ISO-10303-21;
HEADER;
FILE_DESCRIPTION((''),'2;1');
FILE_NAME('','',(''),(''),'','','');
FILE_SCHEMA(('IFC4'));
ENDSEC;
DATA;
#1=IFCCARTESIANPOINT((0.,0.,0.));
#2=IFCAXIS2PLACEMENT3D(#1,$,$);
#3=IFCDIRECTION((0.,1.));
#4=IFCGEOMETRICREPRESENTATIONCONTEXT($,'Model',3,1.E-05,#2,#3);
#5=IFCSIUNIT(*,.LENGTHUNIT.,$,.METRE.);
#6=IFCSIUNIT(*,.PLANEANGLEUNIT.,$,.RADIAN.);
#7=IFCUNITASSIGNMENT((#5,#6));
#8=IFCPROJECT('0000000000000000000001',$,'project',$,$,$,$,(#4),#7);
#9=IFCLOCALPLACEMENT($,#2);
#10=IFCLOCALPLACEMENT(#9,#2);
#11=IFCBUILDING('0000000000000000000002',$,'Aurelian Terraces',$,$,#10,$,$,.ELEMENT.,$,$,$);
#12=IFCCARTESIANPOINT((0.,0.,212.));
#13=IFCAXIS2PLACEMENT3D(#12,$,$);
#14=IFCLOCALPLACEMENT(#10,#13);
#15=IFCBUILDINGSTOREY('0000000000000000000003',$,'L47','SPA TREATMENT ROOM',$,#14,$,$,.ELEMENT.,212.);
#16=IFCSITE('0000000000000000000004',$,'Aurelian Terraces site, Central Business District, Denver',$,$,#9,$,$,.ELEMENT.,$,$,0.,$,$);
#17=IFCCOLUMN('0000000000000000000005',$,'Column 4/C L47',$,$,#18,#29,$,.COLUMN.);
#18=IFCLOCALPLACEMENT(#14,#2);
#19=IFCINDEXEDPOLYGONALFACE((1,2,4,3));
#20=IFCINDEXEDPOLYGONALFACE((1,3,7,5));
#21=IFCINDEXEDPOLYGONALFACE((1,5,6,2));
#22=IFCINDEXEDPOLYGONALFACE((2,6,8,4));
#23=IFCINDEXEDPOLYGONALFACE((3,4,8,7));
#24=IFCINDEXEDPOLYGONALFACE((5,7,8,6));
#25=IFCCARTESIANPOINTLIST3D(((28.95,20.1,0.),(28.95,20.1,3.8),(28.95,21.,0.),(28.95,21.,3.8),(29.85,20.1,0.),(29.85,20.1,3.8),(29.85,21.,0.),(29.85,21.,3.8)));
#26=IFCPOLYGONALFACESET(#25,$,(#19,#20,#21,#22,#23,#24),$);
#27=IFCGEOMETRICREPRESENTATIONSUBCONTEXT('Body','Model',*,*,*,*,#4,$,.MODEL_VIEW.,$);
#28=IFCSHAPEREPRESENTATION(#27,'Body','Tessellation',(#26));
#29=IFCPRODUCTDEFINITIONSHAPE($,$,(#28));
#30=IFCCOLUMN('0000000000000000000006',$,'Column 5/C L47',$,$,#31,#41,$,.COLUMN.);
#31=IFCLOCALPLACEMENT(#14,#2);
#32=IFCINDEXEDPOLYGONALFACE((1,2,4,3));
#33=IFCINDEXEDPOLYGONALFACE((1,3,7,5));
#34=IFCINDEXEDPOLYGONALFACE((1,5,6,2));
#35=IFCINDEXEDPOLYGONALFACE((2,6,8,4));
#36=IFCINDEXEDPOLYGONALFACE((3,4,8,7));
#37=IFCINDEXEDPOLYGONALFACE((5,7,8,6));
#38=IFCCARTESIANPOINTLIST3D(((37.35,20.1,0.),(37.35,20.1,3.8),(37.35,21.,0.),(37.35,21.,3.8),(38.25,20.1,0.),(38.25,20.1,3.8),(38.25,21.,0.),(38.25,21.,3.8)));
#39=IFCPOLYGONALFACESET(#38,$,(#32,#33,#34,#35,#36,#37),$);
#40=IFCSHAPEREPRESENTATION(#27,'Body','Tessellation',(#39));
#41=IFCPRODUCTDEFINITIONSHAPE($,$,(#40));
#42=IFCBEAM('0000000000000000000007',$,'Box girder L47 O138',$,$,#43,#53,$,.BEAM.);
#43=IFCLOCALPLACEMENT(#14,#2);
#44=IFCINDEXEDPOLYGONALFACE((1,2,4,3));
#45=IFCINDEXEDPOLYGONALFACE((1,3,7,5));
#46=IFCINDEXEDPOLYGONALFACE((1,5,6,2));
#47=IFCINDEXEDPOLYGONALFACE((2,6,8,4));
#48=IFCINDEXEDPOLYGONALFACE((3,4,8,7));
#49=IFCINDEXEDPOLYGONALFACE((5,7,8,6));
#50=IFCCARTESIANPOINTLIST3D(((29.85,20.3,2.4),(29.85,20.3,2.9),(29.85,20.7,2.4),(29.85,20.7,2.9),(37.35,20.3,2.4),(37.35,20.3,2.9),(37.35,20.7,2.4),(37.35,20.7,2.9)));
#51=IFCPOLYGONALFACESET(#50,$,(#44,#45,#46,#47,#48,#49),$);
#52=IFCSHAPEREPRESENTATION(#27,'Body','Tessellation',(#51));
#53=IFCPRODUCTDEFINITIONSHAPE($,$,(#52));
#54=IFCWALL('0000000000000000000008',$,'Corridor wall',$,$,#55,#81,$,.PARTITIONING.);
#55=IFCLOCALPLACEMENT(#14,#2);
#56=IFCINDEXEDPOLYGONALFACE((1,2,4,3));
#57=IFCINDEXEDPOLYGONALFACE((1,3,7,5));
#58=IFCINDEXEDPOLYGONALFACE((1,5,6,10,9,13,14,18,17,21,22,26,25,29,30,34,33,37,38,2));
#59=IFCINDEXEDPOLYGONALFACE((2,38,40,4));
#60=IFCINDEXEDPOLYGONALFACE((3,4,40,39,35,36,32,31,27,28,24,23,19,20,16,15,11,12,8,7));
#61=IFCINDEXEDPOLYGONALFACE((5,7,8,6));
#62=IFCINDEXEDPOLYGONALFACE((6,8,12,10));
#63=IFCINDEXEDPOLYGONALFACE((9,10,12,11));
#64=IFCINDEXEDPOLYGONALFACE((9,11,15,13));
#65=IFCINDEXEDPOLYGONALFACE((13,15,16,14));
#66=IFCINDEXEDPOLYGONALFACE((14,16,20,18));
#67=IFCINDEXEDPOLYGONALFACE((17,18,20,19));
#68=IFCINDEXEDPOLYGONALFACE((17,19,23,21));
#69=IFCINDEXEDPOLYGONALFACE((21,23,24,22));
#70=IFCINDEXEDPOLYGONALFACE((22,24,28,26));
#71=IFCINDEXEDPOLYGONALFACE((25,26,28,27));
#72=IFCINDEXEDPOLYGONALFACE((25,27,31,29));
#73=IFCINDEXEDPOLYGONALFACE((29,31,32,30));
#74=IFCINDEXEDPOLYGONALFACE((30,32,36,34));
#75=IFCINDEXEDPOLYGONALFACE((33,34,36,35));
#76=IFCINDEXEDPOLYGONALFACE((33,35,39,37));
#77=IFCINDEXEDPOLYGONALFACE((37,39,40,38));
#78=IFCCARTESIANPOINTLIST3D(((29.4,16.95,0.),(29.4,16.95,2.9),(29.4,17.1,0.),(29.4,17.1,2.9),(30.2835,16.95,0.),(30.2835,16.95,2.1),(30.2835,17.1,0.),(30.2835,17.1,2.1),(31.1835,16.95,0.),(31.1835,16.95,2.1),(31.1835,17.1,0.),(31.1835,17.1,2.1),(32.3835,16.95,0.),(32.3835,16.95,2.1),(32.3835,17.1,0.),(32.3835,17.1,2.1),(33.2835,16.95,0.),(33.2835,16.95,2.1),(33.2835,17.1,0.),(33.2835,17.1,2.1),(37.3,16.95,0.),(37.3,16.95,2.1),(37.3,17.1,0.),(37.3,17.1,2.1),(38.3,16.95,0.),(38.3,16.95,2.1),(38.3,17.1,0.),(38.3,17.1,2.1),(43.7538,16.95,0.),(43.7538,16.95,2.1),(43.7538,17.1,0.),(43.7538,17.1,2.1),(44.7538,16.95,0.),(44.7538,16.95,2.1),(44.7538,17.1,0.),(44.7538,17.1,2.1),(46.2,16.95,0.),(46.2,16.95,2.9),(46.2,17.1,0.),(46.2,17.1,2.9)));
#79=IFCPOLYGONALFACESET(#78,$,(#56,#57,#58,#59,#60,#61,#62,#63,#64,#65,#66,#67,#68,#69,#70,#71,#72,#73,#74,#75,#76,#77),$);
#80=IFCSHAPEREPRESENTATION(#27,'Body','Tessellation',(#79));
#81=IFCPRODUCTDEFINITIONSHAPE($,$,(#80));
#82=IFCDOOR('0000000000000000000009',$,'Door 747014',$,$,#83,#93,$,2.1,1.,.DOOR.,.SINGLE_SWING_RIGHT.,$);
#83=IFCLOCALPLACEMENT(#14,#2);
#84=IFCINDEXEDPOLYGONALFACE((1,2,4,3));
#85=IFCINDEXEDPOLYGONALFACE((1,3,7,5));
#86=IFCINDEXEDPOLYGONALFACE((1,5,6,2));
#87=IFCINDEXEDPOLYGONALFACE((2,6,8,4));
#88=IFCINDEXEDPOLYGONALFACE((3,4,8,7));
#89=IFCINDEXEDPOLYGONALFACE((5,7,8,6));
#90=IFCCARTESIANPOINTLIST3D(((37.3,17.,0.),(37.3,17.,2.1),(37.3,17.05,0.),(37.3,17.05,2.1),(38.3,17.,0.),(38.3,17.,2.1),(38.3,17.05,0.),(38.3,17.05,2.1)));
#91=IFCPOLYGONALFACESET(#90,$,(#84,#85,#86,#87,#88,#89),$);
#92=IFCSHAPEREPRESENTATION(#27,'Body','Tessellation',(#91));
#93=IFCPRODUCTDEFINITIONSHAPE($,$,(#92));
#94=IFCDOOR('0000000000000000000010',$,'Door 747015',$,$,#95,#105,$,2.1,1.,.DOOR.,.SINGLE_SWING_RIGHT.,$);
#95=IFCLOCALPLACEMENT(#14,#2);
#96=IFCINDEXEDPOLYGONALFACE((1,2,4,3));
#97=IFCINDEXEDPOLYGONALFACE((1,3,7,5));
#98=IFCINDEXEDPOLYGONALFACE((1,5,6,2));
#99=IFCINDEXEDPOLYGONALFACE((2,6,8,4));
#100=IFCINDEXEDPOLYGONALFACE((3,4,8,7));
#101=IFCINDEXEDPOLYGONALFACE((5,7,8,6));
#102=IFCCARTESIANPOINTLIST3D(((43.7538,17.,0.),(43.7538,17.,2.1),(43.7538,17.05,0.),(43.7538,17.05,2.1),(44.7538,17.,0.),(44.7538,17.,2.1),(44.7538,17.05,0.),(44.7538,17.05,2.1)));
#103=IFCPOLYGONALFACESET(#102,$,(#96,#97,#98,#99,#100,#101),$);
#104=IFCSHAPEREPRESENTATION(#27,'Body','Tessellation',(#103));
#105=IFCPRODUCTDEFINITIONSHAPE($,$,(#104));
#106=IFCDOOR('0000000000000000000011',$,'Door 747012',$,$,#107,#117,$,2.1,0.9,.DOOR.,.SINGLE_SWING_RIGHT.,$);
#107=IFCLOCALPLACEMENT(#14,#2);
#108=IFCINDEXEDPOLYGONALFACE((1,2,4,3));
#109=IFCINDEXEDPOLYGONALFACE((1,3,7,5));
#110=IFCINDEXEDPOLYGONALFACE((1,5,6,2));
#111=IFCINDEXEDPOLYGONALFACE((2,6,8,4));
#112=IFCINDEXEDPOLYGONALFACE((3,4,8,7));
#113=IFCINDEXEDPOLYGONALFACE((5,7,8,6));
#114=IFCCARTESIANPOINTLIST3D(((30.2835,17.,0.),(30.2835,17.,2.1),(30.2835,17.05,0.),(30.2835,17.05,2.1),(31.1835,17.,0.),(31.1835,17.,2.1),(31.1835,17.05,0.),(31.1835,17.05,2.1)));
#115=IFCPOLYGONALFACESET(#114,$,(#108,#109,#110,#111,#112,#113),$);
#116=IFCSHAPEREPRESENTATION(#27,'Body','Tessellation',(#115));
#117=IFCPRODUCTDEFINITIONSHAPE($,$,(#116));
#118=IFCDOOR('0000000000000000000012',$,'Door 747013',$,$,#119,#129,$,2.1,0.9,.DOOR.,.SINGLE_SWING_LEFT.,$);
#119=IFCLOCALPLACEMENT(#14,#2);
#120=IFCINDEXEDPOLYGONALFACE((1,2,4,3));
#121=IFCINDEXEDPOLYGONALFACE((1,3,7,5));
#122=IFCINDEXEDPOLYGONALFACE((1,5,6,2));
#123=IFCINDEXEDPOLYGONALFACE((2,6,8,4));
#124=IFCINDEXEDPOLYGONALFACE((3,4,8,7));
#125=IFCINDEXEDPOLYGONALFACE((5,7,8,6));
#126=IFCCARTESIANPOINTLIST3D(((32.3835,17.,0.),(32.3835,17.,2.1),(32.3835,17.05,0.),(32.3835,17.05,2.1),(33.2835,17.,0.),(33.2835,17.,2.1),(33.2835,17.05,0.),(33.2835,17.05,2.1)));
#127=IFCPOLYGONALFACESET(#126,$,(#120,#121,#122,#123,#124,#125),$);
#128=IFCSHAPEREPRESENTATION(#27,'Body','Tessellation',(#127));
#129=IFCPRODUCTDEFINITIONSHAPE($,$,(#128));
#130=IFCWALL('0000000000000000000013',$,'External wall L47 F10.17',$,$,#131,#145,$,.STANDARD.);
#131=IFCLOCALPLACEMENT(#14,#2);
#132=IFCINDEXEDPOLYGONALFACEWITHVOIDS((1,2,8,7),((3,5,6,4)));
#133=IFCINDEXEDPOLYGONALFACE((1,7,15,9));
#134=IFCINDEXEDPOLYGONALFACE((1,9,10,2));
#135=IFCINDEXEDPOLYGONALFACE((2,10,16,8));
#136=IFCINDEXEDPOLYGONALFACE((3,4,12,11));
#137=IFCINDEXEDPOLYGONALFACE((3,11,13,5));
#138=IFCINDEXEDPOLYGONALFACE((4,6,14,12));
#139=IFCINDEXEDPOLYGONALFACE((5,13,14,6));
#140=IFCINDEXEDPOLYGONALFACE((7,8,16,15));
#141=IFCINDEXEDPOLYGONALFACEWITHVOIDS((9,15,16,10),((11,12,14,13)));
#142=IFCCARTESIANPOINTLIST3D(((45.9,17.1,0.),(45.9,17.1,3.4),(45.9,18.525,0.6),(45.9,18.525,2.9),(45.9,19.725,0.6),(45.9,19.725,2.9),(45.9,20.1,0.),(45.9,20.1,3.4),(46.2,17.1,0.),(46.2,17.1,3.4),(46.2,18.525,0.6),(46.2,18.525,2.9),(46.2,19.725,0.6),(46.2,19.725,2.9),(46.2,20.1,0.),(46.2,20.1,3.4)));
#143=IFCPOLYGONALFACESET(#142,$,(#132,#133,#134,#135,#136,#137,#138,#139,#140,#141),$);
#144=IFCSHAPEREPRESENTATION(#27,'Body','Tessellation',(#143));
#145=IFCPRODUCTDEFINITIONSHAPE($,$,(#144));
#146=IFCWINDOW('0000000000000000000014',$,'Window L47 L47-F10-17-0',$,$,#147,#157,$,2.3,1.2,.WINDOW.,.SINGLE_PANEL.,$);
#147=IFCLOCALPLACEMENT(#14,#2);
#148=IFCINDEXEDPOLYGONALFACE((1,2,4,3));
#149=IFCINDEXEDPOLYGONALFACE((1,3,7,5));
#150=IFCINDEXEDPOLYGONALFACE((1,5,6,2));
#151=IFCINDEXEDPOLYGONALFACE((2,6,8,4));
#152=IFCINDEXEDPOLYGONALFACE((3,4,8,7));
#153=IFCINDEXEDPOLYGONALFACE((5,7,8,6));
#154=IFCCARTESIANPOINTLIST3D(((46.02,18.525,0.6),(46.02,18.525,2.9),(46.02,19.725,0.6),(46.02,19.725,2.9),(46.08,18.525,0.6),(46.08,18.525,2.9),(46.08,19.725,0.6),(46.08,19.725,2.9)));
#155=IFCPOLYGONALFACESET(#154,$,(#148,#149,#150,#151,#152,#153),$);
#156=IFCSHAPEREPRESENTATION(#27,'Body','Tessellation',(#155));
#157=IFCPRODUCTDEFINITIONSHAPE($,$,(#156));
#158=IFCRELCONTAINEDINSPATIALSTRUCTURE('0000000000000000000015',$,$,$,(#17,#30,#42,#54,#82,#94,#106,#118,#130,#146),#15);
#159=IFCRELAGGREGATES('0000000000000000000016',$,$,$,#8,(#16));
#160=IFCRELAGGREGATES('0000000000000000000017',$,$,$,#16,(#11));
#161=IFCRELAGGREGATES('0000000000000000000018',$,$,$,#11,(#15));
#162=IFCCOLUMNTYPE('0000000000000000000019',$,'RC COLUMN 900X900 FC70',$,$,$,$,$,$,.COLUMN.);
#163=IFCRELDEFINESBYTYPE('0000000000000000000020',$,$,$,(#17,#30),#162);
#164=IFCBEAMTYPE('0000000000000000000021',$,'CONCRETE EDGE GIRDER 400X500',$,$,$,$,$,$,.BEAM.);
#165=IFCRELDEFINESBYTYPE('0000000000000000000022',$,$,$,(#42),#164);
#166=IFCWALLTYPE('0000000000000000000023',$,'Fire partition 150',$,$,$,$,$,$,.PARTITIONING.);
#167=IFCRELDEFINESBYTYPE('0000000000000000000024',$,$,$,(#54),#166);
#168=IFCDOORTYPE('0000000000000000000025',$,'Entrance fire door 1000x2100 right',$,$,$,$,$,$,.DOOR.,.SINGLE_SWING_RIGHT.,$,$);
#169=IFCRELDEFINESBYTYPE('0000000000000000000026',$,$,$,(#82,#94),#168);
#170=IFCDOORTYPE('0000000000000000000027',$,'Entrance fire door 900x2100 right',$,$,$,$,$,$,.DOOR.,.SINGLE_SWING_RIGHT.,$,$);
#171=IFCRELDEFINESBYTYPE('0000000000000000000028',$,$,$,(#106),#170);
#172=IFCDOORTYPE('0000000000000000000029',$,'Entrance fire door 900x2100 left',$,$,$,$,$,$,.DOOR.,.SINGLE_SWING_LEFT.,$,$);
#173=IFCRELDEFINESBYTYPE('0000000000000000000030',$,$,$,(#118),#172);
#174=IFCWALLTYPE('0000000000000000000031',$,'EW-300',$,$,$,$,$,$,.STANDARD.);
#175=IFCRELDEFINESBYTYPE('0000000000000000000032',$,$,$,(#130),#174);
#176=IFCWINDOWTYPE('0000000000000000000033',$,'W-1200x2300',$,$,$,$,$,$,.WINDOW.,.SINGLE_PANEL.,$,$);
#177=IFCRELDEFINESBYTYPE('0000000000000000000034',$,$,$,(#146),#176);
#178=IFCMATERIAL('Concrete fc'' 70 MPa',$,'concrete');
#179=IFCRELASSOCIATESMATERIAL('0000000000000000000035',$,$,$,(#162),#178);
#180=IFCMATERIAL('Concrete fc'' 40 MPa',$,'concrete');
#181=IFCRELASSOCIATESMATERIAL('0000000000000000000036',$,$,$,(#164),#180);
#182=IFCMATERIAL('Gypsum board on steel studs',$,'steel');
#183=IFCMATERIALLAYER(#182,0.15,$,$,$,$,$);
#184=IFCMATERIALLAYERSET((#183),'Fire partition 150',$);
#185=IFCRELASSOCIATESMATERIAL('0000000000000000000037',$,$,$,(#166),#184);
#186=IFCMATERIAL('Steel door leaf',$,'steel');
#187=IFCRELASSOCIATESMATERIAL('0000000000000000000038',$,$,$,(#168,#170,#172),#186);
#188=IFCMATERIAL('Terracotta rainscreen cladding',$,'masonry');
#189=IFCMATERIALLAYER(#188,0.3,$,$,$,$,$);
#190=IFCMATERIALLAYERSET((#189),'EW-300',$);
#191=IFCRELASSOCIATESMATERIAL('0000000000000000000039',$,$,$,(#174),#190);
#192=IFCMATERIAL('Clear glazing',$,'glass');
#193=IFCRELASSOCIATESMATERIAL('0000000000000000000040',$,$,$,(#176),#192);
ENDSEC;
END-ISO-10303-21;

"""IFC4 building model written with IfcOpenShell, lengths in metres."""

from ifc_helpers import new_model, si_unit, direction, frame, frame_2d, origin, origin_2d, place, context, subcontext, project, spatial, rectangle, extrude, source, transform, mapped, material, layer, layer_set, material_profile, profile_set, type_object, element, fill, save


model = new_model("IFC4")

# Units and contexts
model_context = context("Model", 3, precision=1e-05, world=origin(), true_north=direction((0.0, 1.0)))
body_context = subcontext(model_context, "Body", "Model", "MODEL_VIEW")
ifc_project = project(units=[si_unit("LENGTHUNIT", "METRE"), si_unit("PLANEANGLEUNIT", "RADIAN")], contexts=[model_context])

# Site, building, storey
site_placement = place(None, origin())
site = spatial("IfcSite", under=ifc_project, at=site_placement, Name="Aurelian Terraces site, Central Business District, Denver", CompositionType="ELEMENT", RefElevation=0.0)
building_placement = place(site_placement, origin())
building = spatial("IfcBuilding", under=site, at=building_placement, Name="Aurelian Terraces", CompositionType="ELEMENT")
storey_placement = place(building_placement, frame((0.0, 0.0, 212.0)))
storey = spatial("IfcBuildingStorey", under=building, at=storey_placement, Name="L47", Description="SPA TREATMENT ROOM", CompositionType="ELEMENT", Elevation=212.0)

# Columns
ifc_material_1 = material(Name="Concrete fc' 70 MPa", Category="concrete")
ifc_material_profile_1 = material_profile(ifc_material_1, rectangle(XDim=0.9, YDim=0.9, at=origin_2d()))
ifc_profile_set_1 = profile_set([ifc_material_profile_1], Name="Concrete fc' 70 MPa")
column_type = type_object("IfcColumnType", Name="RC COLUMN 900X900 FC70", PredefinedType="COLUMN", material=ifc_profile_set_1)
shared_shape_1 = source(origin(), body_context, "Body", "SweptSolid", [
    extrude(rectangle(XDim=0.9, YDim=0.9, at=origin_2d()), origin(), (0.0, 0.0, 1.0), 3.8),
])
for number, where, z_axis, x_axis, name in (
    (1, (29.4, 20.55, 0.0), (0.0, 0.0, 1.0), (1.0, 0.0, 0.0), "Column 4/C L47"),
    (2, (37.8, 20.55, 0.0), (0.0, 0.0, 1.0), (1.0, 0.0, 0.0), "Column 5/C L47"),
):
    element("IfcColumn", number, at=place(storey_placement, frame(where, z_axis=z_axis, x_axis=x_axis)), inside=storey, type_object=column_type, Name=name, PredefinedType="COLUMN", context=body_context, shape_type="MappedRepresentation", body=[
        mapped(shared_shape_1, transform((0.0, 0.0, 0.0), scale=1.0)),
    ])

# Beam
ifc_material_2 = material(Name="Concrete fc' 40 MPa", Category="concrete")
ifc_material_profile_2 = material_profile(ifc_material_2, rectangle(XDim=0.4, YDim=0.5, at=origin_2d()))
ifc_profile_set_2 = profile_set([ifc_material_profile_2], Name="Concrete fc' 40 MPa")
beam_type = type_object("IfcBeamType", Name="CONCRETE EDGE GIRDER 400X500", PredefinedType="BEAM", material=ifc_profile_set_2)
shared_shape_2 = source(origin(), body_context, "Body", "SweptSolid", [
    extrude(rectangle(XDim=0.4, YDim=0.5, at=origin_2d()), origin(), (0.0, 0.0, 1.0), 7.5),
])
beam_placement = place(storey_placement, frame((29.85, 20.5, 2.65), z_axis=(1.0, 0.0, 0.0), x_axis=(0.0, 1.0, 0.0)))
element("IfcBeam", 3, at=beam_placement, inside=storey, type_object=beam_type, Name="Box girder L47 O138", PredefinedType="BEAM", context=body_context, shape_type="MappedRepresentation", body=[
    mapped(shared_shape_2, transform((0.0, 0.0, 0.0), scale=1.0)),
])

# Wall, openings, doors
ifc_material_3 = material(Name="Gypsum board on steel studs", Category="steel")
ifc_layer_1 = layer(ifc_material_3, 0.15)
ifc_layer_set_1 = layer_set([ifc_layer_1], Name="Fire partition 150")
wall_type_1 = type_object("IfcWallType", Name="Fire partition 150", PredefinedType="PARTITIONING", material=ifc_layer_set_1)
wall_1_placement = place(storey_placement, frame((29.4, 17.025, 0.0), z_axis=(0.0, 0.0, 1.0), x_axis=(1.0, 0.0, 0.0)))
wall_1 = element("IfcWall", 4, at=wall_1_placement, inside=storey, type_object=wall_type_1, Name="Corridor wall", PredefinedType="PARTITIONING", context=body_context, shape_type="SweptSolid", body=[
    extrude(rectangle(XDim=16.8, YDim=0.15, at=frame_2d((8.4, 0.0))), origin(), (0.0, 0.0, 1.0), 2.9),
])
shared_shape_3 = source(origin(), body_context, "Body", "SweptSolid", [
    extrude(rectangle(XDim=0.9, YDim=2.1, at=frame_2d((0.45, 1.05))), frame((0.0, 0.085, 0.0), z_axis=(0.0, -1.0, 0.0), x_axis=(1.0, 0.0, 0.0)), (0.0, 0.0, 1.0), 0.17),
])
opening_1_placement = place(wall_1_placement, frame((0.8835, 0.0, 0.0)))
opening_1 = element("IfcOpeningElement", 5, at=opening_1_placement, cuts=wall_1, PredefinedType="OPENING", context=body_context, shape_type="MappedRepresentation", body=[
    mapped(shared_shape_3, transform((0.0, 0.0, 0.0), scale=1.0)),
])
opening_2_placement = place(wall_1_placement, frame((2.9835, 0.0, 0.0)))
opening_2 = element("IfcOpeningElement", 6, at=opening_2_placement, cuts=wall_1, PredefinedType="OPENING", context=body_context, shape_type="MappedRepresentation", body=[
    mapped(shared_shape_3, transform((0.0, 0.0, 0.0), scale=1.0)),
])
shared_shape_4 = source(origin(), body_context, "Body", "SweptSolid", [
    extrude(rectangle(XDim=1.0, YDim=2.1, at=frame_2d((0.5, 1.05))), frame((0.0, 0.085, 0.0), z_axis=(0.0, -1.0, 0.0), x_axis=(1.0, 0.0, 0.0)), (0.0, 0.0, 1.0), 0.17),
])
opening_3_placement = place(wall_1_placement, frame((7.9, 0.0, 0.0)))
opening_3 = element("IfcOpeningElement", 7, at=opening_3_placement, cuts=wall_1, PredefinedType="OPENING", context=body_context, shape_type="MappedRepresentation", body=[
    mapped(shared_shape_4, transform((0.0, 0.0, 0.0), scale=1.0)),
])
opening_4_placement = place(wall_1_placement, frame((14.3538, 0.0, 0.0)))
opening_4 = element("IfcOpeningElement", 8, at=opening_4_placement, cuts=wall_1, PredefinedType="OPENING", context=body_context, shape_type="MappedRepresentation", body=[
    mapped(shared_shape_4, transform((0.0, 0.0, 0.0), scale=1.0)),
])
ifc_material_4 = material(Name="Steel door leaf", Category="steel")
door_type_1 = type_object("IfcDoorType", Name="Entrance fire door 1000x2100 right", OperationType="SINGLE_SWING_RIGHT", PredefinedType="DOOR", material=ifc_material_4)
shared_shape_5 = source(origin(), body_context, "Body", "SweptSolid", [
    extrude(rectangle(XDim=1.0, YDim=2.1, at=frame_2d((0.5, 1.05))), frame((0.0, 0.025, 0.0), z_axis=(0.0, -1.0, 0.0), x_axis=(1.0, 0.0, 0.0)), (0.0, 0.0, 1.0), 0.05),
])
door_1_placement = place(opening_3_placement, origin())
door_1 = element("IfcDoor", 9, at=door_1_placement, inside=storey, type_object=door_type_1, Name="Door 747014", OperationType="SINGLE_SWING_RIGHT", OverallHeight=2.1, OverallWidth=1.0, PredefinedType="DOOR", context=body_context, shape_type="MappedRepresentation", body=[
    mapped(shared_shape_5, transform((0.0, 0.0, 0.0), scale=1.0)),
])
fill(opening_3, door_1)
door_2_placement = place(opening_4_placement, origin())
door_2 = element("IfcDoor", 10, at=door_2_placement, inside=storey, type_object=door_type_1, Name="Door 747015", OperationType="SINGLE_SWING_RIGHT", OverallHeight=2.1, OverallWidth=1.0, PredefinedType="DOOR", context=body_context, shape_type="MappedRepresentation", body=[
    mapped(shared_shape_5, transform((0.0, 0.0, 0.0), scale=1.0)),
])
fill(opening_4, door_2)
door_type_2 = type_object("IfcDoorType", Name="Entrance fire door 900x2100 right", OperationType="SINGLE_SWING_RIGHT", PredefinedType="DOOR", material=ifc_material_4)
shared_shape_6 = source(origin(), body_context, "Body", "SweptSolid", [
    extrude(rectangle(XDim=0.9, YDim=2.1, at=frame_2d((0.45, 1.05))), frame((0.0, 0.025, 0.0), z_axis=(0.0, -1.0, 0.0), x_axis=(1.0, 0.0, 0.0)), (0.0, 0.0, 1.0), 0.05),
])
door_3_placement = place(opening_1_placement, origin())
door_3 = element("IfcDoor", 11, at=door_3_placement, inside=storey, type_object=door_type_2, Name="Door 747012", OperationType="SINGLE_SWING_RIGHT", OverallHeight=2.1, OverallWidth=0.9, PredefinedType="DOOR", context=body_context, shape_type="MappedRepresentation", body=[
    mapped(shared_shape_6, transform((0.0, 0.0, 0.0), scale=1.0)),
])
fill(opening_1, door_3)
door_type_3 = type_object("IfcDoorType", Name="Entrance fire door 900x2100 left", OperationType="SINGLE_SWING_LEFT", PredefinedType="DOOR", material=ifc_material_4)
door_4_placement = place(opening_2_placement, origin())
door_4 = element("IfcDoor", 12, at=door_4_placement, inside=storey, type_object=door_type_3, Name="Door 747013", OperationType="SINGLE_SWING_LEFT", OverallHeight=2.1, OverallWidth=0.9, PredefinedType="DOOR", context=body_context, shape_type="MappedRepresentation", body=[
    mapped(shared_shape_6, transform((0.0, 0.0, 0.0), scale=1.0)),
])
fill(opening_2, door_4)

# Wall, opening, window
ifc_material_5 = material(Name="Terracotta rainscreen cladding", Category="masonry")
ifc_layer_2 = layer(ifc_material_5, 0.3)
ifc_layer_set_2 = layer_set([ifc_layer_2], Name="EW-300")
wall_type_2 = type_object("IfcWallType", Name="EW-300", PredefinedType="STANDARD", material=ifc_layer_set_2)
shared_shape_7 = source(origin(), body_context, "Body", "SweptSolid", [
    extrude(rectangle(XDim=3.0, YDim=0.3, at=frame_2d((1.5, 0.0))), origin(), (0.0, 0.0, 1.0), 3.4),
])
wall_2_placement = place(storey_placement, frame((46.05, 17.1, 0.0), z_axis=(0.0, 0.0, 1.0), x_axis=(0.0, 1.0, 0.0)))
wall_2 = element("IfcWall", 13, at=wall_2_placement, inside=storey, type_object=wall_type_2, Name="External wall L47 F10.17", PredefinedType="STANDARD", context=body_context, shape_type="MappedRepresentation", body=[
    mapped(shared_shape_7, transform((0.0, 0.0, 0.0), scale=1.0)),
])
shared_shape_8 = source(origin(), body_context, "Body", "SweptSolid", [
    extrude(rectangle(XDim=1.2, YDim=2.3, at=frame_2d((0.6, 1.15))), frame((0.0, 0.16, 0.0), z_axis=(0.0, -1.0, 0.0), x_axis=(1.0, 0.0, 0.0)), (0.0, 0.0, 1.0), 0.32),
])
opening_5_placement = place(wall_2_placement, frame((1.425, 0.0, 0.6)))
opening_5 = element("IfcOpeningElement", 14, at=opening_5_placement, cuts=wall_2, PredefinedType="OPENING", context=body_context, shape_type="MappedRepresentation", body=[
    mapped(shared_shape_8, transform((0.0, 0.0, 0.0), scale=1.0)),
])
ifc_material_6 = material(Name="Clear glazing", Category="glass")
window_type_1 = type_object("IfcWindowType", Name="W-1200x2300", PartitioningType="SINGLE_PANEL", PredefinedType="WINDOW", material=ifc_material_6)
shared_shape_9 = source(origin(), body_context, "Body", "SweptSolid", [
    extrude(rectangle(XDim=1.2, YDim=2.3, at=frame_2d((0.6, 1.15))), frame((0.0, 0.03, 0.0), z_axis=(0.0, -1.0, 0.0), x_axis=(1.0, 0.0, 0.0)), (0.0, 0.0, 1.0), 0.06),
])
window_1_placement = place(opening_5_placement, origin())
window_1 = element("IfcWindow", 15, at=window_1_placement, inside=storey, type_object=window_type_1, Name="Window L47 L47-F10-17-0", OverallHeight=2.3, OverallWidth=1.2, PartitioningType="SINGLE_PANEL", PredefinedType="WINDOW", context=body_context, shape_type="MappedRepresentation", body=[
    mapped(shared_shape_9, transform((0.0, 0.0, 0.0), scale=1.0)),
])
fill(opening_5, window_1)

save(model, "model.ifc")
